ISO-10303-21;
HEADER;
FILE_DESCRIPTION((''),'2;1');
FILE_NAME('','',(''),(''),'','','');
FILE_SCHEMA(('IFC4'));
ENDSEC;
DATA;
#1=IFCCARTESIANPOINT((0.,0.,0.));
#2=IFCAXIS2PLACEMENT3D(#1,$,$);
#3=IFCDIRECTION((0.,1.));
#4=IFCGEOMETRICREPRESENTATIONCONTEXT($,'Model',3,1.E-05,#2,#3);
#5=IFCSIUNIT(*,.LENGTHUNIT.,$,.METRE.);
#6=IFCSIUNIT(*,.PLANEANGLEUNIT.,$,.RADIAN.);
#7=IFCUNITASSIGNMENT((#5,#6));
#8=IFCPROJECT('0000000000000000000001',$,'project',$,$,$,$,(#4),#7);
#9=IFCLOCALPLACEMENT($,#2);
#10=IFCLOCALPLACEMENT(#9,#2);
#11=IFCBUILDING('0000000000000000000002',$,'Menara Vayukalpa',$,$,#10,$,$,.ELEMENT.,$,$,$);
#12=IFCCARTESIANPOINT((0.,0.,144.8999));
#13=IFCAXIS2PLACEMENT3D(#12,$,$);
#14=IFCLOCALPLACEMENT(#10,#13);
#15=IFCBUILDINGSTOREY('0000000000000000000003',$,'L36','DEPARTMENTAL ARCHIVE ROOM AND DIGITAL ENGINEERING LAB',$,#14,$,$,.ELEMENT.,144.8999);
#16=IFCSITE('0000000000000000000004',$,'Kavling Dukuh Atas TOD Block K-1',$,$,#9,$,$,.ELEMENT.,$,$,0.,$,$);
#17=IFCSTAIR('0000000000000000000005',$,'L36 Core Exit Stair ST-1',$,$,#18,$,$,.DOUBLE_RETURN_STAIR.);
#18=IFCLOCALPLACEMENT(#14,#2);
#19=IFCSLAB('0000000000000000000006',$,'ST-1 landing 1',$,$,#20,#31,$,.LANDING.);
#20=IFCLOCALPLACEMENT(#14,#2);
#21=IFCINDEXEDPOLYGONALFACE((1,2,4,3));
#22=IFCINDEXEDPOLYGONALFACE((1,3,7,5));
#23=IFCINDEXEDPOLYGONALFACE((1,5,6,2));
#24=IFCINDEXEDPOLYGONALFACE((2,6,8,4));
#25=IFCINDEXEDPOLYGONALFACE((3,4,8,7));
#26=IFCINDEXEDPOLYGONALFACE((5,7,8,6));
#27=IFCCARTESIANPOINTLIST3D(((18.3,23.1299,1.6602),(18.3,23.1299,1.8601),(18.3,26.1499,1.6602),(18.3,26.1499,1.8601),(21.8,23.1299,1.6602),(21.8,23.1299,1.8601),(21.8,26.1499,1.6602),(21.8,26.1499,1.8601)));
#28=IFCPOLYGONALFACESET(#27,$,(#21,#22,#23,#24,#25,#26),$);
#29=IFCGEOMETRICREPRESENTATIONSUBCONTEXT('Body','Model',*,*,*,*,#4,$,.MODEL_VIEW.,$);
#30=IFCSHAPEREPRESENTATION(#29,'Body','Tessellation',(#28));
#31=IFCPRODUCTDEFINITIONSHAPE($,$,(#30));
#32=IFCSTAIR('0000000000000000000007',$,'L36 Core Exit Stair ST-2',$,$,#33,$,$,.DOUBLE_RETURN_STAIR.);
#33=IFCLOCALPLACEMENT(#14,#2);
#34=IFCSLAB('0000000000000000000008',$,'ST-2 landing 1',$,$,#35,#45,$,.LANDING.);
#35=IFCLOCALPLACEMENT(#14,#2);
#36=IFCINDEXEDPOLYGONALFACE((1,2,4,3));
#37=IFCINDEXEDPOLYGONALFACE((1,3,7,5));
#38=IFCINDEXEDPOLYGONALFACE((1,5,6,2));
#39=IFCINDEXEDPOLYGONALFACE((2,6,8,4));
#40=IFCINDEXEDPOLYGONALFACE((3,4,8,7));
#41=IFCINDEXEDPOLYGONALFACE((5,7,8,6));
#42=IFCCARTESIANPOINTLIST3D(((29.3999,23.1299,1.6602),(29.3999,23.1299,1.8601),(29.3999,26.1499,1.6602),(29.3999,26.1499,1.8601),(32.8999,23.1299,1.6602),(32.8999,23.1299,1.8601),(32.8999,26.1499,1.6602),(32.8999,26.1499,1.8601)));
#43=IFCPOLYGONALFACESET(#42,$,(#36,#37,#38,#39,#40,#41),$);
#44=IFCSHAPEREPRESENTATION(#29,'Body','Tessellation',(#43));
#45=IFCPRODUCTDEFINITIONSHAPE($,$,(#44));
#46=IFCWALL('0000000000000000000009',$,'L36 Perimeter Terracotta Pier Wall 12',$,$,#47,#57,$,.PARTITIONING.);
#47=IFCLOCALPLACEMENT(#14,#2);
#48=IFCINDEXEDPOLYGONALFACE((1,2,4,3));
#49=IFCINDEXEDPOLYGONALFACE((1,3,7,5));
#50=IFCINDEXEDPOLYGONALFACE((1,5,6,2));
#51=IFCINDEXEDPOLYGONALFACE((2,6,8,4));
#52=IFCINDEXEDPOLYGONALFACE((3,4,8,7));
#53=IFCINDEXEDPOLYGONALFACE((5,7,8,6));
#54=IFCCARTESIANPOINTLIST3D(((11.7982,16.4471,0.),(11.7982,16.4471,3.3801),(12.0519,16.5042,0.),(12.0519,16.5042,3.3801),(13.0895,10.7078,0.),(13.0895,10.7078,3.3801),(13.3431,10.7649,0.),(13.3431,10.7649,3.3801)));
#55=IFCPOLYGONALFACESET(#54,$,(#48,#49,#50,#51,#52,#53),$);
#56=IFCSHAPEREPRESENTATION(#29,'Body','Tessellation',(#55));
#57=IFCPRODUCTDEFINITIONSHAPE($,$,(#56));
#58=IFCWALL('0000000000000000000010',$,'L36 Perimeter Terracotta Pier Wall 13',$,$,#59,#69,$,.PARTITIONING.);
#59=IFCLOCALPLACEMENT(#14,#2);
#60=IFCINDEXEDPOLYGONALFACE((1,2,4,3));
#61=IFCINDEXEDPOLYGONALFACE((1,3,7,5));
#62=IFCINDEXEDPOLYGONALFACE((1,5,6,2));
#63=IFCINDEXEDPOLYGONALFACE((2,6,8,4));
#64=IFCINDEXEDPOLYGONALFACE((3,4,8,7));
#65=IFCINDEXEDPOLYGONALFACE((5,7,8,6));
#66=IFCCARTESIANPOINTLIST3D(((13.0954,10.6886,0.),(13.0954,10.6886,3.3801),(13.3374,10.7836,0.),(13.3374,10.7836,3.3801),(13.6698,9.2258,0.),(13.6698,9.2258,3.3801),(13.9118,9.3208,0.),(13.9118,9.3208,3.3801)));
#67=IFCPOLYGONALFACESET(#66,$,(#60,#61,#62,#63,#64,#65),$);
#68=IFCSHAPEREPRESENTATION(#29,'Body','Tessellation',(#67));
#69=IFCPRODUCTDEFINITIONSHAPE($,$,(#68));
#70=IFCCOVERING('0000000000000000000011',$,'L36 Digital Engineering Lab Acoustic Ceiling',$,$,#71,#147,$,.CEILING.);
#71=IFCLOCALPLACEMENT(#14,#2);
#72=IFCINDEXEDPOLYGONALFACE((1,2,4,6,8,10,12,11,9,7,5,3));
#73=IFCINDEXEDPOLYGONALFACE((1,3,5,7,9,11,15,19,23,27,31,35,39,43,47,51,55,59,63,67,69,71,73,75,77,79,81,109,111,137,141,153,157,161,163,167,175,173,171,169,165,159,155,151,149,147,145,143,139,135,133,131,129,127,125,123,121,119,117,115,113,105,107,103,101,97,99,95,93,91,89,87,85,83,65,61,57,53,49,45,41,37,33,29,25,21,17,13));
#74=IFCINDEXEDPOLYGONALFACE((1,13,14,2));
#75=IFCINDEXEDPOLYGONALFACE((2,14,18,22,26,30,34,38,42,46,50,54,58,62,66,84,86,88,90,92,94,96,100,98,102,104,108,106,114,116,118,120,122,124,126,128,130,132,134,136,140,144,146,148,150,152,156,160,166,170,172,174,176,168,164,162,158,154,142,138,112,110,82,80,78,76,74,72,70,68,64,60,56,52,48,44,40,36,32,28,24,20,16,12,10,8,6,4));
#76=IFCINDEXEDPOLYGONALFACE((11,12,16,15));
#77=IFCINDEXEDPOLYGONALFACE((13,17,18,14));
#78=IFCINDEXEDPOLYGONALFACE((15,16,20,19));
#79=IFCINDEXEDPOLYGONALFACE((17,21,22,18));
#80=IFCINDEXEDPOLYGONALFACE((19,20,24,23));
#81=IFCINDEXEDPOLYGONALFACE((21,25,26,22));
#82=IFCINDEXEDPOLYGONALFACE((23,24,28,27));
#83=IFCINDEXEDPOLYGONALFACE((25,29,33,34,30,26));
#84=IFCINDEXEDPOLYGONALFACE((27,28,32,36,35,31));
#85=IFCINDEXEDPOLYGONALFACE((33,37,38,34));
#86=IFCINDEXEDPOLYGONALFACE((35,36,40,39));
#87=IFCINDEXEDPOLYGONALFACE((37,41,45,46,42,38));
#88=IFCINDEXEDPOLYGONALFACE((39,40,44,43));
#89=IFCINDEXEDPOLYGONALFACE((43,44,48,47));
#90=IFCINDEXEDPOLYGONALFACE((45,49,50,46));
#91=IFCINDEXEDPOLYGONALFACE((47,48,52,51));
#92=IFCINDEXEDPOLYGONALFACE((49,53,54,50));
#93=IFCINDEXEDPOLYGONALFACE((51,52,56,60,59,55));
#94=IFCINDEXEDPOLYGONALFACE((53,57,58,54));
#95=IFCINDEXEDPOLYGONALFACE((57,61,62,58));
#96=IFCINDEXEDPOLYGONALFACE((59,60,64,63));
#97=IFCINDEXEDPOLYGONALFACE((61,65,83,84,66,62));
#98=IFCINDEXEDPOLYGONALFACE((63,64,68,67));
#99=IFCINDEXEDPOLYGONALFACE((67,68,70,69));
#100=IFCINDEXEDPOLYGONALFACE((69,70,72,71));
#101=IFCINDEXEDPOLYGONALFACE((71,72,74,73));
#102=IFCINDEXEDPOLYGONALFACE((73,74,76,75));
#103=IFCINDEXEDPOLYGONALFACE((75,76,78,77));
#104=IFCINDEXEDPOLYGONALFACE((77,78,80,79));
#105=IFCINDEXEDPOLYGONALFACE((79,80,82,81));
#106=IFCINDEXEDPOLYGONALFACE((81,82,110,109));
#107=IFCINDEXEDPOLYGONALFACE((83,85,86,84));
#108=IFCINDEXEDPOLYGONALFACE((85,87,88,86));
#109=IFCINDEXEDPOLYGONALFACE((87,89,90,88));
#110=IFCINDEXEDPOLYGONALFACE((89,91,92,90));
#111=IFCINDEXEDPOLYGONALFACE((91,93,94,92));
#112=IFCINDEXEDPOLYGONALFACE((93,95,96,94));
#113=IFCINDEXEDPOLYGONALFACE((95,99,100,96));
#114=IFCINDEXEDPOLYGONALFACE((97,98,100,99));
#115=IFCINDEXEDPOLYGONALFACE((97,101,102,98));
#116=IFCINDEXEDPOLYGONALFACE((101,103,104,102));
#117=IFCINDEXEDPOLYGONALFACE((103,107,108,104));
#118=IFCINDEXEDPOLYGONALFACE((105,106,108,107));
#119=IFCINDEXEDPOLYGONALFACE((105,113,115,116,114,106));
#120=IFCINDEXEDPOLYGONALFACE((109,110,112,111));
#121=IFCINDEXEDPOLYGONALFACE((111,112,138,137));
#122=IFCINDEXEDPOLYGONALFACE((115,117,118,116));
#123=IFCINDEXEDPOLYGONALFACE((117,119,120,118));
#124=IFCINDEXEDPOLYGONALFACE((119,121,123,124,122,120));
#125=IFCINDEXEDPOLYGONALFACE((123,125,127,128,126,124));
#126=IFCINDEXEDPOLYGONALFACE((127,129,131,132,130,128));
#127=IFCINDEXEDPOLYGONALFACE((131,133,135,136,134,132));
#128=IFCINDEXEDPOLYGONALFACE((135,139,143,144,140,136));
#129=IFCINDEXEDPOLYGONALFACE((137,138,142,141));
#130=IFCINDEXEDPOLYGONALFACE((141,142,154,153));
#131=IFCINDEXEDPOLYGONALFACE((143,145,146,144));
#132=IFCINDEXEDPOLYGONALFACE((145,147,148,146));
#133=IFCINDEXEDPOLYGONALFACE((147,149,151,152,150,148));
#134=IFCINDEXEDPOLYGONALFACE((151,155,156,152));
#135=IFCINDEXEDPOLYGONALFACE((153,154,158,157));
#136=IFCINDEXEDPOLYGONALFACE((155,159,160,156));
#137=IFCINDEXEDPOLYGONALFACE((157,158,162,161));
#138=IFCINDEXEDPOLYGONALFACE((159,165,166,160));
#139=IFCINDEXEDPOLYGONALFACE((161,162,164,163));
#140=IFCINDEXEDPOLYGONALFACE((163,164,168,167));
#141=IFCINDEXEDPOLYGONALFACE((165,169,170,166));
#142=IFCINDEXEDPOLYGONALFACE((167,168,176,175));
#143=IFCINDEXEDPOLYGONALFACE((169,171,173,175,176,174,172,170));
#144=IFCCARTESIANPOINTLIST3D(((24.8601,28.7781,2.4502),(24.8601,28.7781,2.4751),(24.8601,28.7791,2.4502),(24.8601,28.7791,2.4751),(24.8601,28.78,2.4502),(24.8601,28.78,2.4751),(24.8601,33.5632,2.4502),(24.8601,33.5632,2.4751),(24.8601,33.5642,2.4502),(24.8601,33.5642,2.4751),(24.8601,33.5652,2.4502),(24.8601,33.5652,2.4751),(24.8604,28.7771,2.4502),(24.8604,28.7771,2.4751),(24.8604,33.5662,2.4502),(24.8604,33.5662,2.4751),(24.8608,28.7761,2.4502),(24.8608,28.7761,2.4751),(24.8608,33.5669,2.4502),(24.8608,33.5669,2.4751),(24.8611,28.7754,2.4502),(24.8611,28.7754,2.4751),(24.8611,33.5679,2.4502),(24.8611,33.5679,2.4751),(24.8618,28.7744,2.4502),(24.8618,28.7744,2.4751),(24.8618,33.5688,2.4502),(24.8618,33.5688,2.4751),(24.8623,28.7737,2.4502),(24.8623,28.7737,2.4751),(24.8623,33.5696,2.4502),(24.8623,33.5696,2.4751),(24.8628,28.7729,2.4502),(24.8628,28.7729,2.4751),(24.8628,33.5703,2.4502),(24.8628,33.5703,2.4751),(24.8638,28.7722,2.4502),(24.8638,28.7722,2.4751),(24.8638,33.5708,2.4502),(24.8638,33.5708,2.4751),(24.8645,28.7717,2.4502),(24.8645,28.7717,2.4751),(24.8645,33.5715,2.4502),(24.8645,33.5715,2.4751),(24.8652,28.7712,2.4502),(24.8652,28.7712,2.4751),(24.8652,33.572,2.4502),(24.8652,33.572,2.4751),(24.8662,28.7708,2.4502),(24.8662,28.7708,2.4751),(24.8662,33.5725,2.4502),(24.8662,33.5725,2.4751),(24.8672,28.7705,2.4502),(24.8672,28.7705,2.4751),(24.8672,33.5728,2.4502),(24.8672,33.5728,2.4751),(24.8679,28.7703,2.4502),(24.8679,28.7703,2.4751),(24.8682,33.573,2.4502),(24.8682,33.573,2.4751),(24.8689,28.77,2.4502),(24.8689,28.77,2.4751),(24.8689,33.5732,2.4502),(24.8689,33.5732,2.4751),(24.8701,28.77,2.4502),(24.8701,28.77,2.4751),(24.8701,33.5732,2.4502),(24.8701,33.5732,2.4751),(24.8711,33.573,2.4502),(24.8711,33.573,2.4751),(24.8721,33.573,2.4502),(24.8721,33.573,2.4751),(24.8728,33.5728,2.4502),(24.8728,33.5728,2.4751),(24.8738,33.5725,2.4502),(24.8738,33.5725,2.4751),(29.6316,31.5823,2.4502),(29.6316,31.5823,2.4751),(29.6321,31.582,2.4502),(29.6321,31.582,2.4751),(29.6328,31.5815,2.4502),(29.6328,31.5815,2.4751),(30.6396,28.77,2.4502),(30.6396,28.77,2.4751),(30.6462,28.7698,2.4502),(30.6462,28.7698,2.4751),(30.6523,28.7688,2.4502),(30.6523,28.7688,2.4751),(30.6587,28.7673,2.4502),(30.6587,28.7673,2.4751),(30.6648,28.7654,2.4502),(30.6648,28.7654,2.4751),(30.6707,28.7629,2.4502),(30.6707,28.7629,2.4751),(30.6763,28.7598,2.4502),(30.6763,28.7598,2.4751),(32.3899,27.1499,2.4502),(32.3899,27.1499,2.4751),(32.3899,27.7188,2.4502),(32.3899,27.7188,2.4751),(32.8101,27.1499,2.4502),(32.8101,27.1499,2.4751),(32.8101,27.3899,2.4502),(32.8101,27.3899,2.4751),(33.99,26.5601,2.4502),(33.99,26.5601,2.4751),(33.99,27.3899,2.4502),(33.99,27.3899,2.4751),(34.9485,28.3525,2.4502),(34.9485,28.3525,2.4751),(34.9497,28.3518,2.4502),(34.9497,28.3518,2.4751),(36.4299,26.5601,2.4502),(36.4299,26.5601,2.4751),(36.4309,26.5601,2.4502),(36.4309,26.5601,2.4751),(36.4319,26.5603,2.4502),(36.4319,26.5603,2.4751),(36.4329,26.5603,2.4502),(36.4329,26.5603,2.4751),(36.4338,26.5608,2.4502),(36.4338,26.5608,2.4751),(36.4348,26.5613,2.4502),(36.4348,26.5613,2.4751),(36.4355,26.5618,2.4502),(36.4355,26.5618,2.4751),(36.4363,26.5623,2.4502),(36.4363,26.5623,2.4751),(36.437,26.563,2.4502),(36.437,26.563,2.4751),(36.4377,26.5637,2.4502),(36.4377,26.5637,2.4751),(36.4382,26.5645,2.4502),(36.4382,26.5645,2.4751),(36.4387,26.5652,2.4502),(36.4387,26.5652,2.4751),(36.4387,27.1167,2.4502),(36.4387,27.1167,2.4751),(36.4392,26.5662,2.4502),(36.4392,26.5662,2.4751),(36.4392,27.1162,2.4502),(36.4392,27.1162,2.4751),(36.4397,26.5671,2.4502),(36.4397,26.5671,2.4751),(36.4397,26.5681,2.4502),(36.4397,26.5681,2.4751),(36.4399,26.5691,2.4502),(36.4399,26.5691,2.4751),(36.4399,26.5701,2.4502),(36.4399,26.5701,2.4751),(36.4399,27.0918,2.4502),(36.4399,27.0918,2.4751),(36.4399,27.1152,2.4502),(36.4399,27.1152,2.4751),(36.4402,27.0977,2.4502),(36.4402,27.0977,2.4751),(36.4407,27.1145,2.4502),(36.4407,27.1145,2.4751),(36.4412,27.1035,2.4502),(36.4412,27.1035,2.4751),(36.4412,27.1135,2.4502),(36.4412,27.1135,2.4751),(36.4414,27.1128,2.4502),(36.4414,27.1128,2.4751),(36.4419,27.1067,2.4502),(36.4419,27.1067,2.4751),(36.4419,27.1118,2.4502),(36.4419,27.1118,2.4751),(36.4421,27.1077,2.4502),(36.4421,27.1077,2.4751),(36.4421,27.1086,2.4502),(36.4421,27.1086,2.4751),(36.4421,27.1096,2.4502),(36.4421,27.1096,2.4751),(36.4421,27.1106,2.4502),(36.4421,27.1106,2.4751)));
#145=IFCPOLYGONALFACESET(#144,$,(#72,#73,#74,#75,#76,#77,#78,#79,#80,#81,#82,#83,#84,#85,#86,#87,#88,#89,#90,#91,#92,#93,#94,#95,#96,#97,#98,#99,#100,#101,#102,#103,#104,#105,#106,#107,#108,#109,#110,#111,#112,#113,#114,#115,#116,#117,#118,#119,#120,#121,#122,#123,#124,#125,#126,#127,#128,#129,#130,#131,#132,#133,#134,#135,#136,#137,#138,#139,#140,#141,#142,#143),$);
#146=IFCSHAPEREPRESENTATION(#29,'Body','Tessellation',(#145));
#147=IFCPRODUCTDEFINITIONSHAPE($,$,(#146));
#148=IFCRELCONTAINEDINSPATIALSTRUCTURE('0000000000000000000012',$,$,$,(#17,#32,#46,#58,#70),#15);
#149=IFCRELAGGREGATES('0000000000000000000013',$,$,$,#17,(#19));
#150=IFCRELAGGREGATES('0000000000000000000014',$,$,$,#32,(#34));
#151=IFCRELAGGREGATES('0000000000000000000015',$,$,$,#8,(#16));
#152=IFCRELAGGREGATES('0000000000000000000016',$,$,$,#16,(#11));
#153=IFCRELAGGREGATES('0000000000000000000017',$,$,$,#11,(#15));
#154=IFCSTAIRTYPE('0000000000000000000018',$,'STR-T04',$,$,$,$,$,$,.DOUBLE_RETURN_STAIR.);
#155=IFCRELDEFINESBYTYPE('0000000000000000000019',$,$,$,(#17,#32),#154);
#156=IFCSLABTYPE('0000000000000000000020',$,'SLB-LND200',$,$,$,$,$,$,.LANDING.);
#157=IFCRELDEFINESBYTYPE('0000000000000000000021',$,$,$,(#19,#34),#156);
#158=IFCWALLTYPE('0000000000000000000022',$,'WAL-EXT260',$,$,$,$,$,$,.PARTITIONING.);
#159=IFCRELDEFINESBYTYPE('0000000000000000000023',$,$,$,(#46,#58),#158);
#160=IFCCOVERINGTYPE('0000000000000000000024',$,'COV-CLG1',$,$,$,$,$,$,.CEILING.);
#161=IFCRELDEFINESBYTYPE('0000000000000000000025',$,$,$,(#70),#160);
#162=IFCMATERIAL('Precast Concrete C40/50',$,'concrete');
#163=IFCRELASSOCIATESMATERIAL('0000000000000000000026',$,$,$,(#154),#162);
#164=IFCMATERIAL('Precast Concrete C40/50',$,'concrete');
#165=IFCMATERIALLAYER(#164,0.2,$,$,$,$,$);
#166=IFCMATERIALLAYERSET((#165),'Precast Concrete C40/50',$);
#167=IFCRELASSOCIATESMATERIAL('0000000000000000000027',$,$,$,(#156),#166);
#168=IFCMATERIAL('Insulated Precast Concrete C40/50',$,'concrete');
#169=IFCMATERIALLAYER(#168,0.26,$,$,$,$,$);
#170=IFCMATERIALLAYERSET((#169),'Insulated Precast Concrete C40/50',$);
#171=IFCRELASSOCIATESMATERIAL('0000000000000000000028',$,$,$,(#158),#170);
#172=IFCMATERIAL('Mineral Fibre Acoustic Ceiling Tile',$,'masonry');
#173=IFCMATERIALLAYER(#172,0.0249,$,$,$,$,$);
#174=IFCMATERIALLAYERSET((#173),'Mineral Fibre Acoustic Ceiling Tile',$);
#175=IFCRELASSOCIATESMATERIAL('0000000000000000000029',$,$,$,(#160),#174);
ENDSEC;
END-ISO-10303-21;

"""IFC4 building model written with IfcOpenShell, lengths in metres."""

from ifc_helpers import new_model, si_unit, direction, frame, frame_2d, origin, place, context, subcontext, project, spatial, polyline, rectangle, outline, extrude, material, layer, layer_set, type_object, element, aggregate, save


model = new_model("IFC4")

# Units and contexts
model_context = context("Model", 3, precision=1e-05, world=origin(), true_north=direction((0.0, 1.0)))
body_context = subcontext(model_context, "Body", "Model", "MODEL_VIEW")
ifc_project = project(units=[si_unit("LENGTHUNIT", "METRE"), si_unit("PLANEANGLEUNIT", "RADIAN")], contexts=[model_context])

# Site, building, storey
site_placement = place(None, origin())
site = spatial("IfcSite", under=ifc_project, at=site_placement, Name="Kavling Dukuh Atas TOD Block K-1", CompositionType="ELEMENT", RefElevation=0.0)
building_placement = place(site_placement, origin())
building = spatial("IfcBuilding", under=site, at=building_placement, Name="Menara Vayukalpa", CompositionType="ELEMENT")
storey_placement = place(building_placement, frame((0.0, 0.0, 144.8999)))
storey = spatial("IfcBuildingStorey", under=building, at=storey_placement, Name="L36", Description="DEPARTMENTAL ARCHIVE ROOM AND DIGITAL ENGINEERING LAB", CompositionType="ELEMENT", Elevation=144.8999)

# Stairs, slabs
ifc_material_1 = material(Name="Precast Concrete C40/50", Category="concrete")
stair_type = type_object("IfcStairType", Name="STR-T04", PredefinedType="DOUBLE_RETURN_STAIR", material=ifc_material_1)
stair_1_placement = place(storey_placement, origin())
stair_1 = element("IfcStair", 1, at=stair_1_placement, inside=storey, type_object=stair_type, Name="L36 Core Exit Stair ST-1", PredefinedType="DOUBLE_RETURN_STAIR")
ifc_material_2 = material(Name="Precast Concrete C40/50", Category="concrete")
ifc_layer_1 = layer(ifc_material_2, 0.2)
ifc_layer_set_1 = layer_set([ifc_layer_1], Name="Precast Concrete C40/50")
slab_type_1 = type_object("IfcSlabType", Name="SLB-LND200", PredefinedType="LANDING", material=ifc_layer_set_1)
slab_1_placement = place(storey_placement, frame((0.0, 0.0, 1.6602)))
slab_1 = element("IfcSlab", 2, at=slab_1_placement, type_object=slab_type_1, Name="ST-1 landing 1", PredefinedType="LANDING", context=body_context, shape_type="SweptSolid", body=[
    extrude(outline(polyline([(21.8, 23.1299), (21.8, 26.1499), (18.3, 26.1499), (18.3, 23.1299), (21.8, 23.1299)])), origin(), (0.0, 0.0, 1.0), 0.2),
])
aggregate(stair_1, [slab_1])
stair_2_placement = place(storey_placement, origin())
stair_2 = element("IfcStair", 3, at=stair_2_placement, inside=storey, type_object=stair_type, Name="L36 Core Exit Stair ST-2", PredefinedType="DOUBLE_RETURN_STAIR")
slab_2_placement = place(storey_placement, frame((0.0, 0.0, 1.6602)))
slab_2 = element("IfcSlab", 4, at=slab_2_placement, type_object=slab_type_1, Name="ST-2 landing 1", PredefinedType="LANDING", context=body_context, shape_type="SweptSolid", body=[
    extrude(outline(polyline([(32.8999, 23.1299), (32.8999, 26.1499), (29.3999, 26.1499), (29.3999, 23.1299), (32.8999, 23.1299)])), origin(), (0.0, 0.0, 1.0), 0.2),
])
aggregate(stair_2, [slab_2])

# Walls
ifc_material_3 = material(Name="Insulated Precast Concrete C40/50", Category="concrete")
ifc_layer_2 = layer(ifc_material_3, 0.26)
ifc_layer_set_2 = layer_set([ifc_layer_2], Name="Insulated Precast Concrete C40/50")
wall_type = type_object("IfcWallType", Name="WAL-EXT260", PredefinedType="PARTITIONING", material=ifc_layer_set_2)
wall_1_placement = place(storey_placement, frame((13.2163, 10.7363, 0.0), z_axis=(0.0, 0.0, 1.0), x_axis=(-0.2195, 0.975612, 0.0)))
element("IfcWall", 5, at=wall_1_placement, inside=storey, type_object=wall_type, Name="L36 Perimeter Terracotta Pier Wall 12", PredefinedType="PARTITIONING", context=body_context, shape_type="SweptSolid", body=[
    extrude(rectangle(XDim=5.8828, YDim=0.26, at=frame_2d((2.9414, 0.0))), origin(), (0.0, 0.0, 1.0), 3.3801),
])
wall_2_placement = place(storey_placement, frame((13.7908, 9.2734, 0.0), z_axis=(0.0, 0.0, 1.0), x_axis=(-0.365518, 0.930804, 0.0)))
element("IfcWall", 6, at=wall_2_placement, inside=storey, type_object=wall_type, Name="L36 Perimeter Terracotta Pier Wall 13", PredefinedType="PARTITIONING", context=body_context, shape_type="SweptSolid", body=[
    extrude(rectangle(XDim=1.5715, YDim=0.26, at=frame_2d((0.7856, 0.0))), origin(), (0.0, 0.0, 1.0), 3.3801),
])

# Covering
ifc_material_4 = material(Name="Mineral Fibre Acoustic Ceiling Tile", Category="masonry")
ifc_layer_3 = layer(ifc_material_4, 0.0249)
ifc_layer_set_3 = layer_set([ifc_layer_3], Name="Mineral Fibre Acoustic Ceiling Tile")
covering_type_1 = type_object("IfcCoveringType", Name="COV-CLG1", PredefinedType="CEILING", material=ifc_layer_set_3)
covering_1_placement = place(storey_placement, frame((0.0, 0.0, 2.4502)))
element("IfcCovering", 7, at=covering_1_placement, inside=storey, type_object=covering_type_1, Name="L36 Digital Engineering Lab Acoustic Ceiling", PredefinedType="CEILING", context=body_context, shape_type="SweptSolid", body=[
    extrude(outline(polyline([(32.3899, 27.7188), (30.6763, 28.7598), (30.6707, 28.7629), (30.6648, 28.7654), (30.6587, 28.7673), (30.6523, 28.7688), (30.6462, 28.7698), (30.6396, 28.77), (24.8701, 28.77), (24.8689, 28.77), (24.8679, 28.7703), (24.8672, 28.7705), (24.8662, 28.7708), (24.8652, 28.7712), (24.8645, 28.7717), (24.8638, 28.7722), (24.8628, 28.7729), (24.8623, 28.7737), (24.8618, 28.7744), (24.8611, 28.7754), (24.8608, 28.7761), (24.8604, 28.7771), (24.8601, 28.7781), (24.8601, 28.7791), (24.8601, 28.78), (24.8601, 33.5632), (24.8601, 33.5642), (24.8601, 33.5652), (24.8604, 33.5662), (24.8608, 33.5669), (24.8611, 33.5679), (24.8618, 33.5688), (24.8623, 33.5696), (24.8628, 33.5703), (24.8638, 33.5708), (24.8645, 33.5715), (24.8652, 33.572), (24.8662, 33.5725), (24.8672, 33.5728), (24.8682, 33.573), (24.8689, 33.5732), (24.8701, 33.5732), (24.8711, 33.573), (24.8721, 33.573), (24.8728, 33.5728), (24.8738, 33.5725), (29.6316, 31.5823), (29.6321, 31.582), (29.6328, 31.5815), (34.9485, 28.3525), (34.9497, 28.3518), (36.4387, 27.1167), (36.4392, 27.1162), (36.4399, 27.1152), (36.4407, 27.1145), (36.4412, 27.1135), (36.4414, 27.1128), (36.4419, 27.1118), (36.4421, 27.1106), (36.4421, 27.1096), (36.4421, 27.1086), (36.4421, 27.1077), (36.4419, 27.1067), (36.4412, 27.1035), (36.4402, 27.0977), (36.4399, 27.0918), (36.4399, 26.5701), (36.4399, 26.5691), (36.4397, 26.5681), (36.4397, 26.5671), (36.4392, 26.5662), (36.4387, 26.5652), (36.4382, 26.5645), (36.4377, 26.5637), (36.437, 26.563), (36.4363, 26.5623), (36.4355, 26.5618), (36.4348, 26.5613), (36.4338, 26.5608), (36.4329, 26.5603), (36.4319, 26.5603), (36.4309, 26.5601), (36.4299, 26.5601), (33.99, 26.5601), (33.99, 27.3899), (32.8101, 27.3899), (32.8101, 27.1499), (32.3899, 27.1499), (32.3899, 27.7188)])), origin(), (0.0, 0.0, 1.0), 0.0249),
])

save(model, "model.ifc")
